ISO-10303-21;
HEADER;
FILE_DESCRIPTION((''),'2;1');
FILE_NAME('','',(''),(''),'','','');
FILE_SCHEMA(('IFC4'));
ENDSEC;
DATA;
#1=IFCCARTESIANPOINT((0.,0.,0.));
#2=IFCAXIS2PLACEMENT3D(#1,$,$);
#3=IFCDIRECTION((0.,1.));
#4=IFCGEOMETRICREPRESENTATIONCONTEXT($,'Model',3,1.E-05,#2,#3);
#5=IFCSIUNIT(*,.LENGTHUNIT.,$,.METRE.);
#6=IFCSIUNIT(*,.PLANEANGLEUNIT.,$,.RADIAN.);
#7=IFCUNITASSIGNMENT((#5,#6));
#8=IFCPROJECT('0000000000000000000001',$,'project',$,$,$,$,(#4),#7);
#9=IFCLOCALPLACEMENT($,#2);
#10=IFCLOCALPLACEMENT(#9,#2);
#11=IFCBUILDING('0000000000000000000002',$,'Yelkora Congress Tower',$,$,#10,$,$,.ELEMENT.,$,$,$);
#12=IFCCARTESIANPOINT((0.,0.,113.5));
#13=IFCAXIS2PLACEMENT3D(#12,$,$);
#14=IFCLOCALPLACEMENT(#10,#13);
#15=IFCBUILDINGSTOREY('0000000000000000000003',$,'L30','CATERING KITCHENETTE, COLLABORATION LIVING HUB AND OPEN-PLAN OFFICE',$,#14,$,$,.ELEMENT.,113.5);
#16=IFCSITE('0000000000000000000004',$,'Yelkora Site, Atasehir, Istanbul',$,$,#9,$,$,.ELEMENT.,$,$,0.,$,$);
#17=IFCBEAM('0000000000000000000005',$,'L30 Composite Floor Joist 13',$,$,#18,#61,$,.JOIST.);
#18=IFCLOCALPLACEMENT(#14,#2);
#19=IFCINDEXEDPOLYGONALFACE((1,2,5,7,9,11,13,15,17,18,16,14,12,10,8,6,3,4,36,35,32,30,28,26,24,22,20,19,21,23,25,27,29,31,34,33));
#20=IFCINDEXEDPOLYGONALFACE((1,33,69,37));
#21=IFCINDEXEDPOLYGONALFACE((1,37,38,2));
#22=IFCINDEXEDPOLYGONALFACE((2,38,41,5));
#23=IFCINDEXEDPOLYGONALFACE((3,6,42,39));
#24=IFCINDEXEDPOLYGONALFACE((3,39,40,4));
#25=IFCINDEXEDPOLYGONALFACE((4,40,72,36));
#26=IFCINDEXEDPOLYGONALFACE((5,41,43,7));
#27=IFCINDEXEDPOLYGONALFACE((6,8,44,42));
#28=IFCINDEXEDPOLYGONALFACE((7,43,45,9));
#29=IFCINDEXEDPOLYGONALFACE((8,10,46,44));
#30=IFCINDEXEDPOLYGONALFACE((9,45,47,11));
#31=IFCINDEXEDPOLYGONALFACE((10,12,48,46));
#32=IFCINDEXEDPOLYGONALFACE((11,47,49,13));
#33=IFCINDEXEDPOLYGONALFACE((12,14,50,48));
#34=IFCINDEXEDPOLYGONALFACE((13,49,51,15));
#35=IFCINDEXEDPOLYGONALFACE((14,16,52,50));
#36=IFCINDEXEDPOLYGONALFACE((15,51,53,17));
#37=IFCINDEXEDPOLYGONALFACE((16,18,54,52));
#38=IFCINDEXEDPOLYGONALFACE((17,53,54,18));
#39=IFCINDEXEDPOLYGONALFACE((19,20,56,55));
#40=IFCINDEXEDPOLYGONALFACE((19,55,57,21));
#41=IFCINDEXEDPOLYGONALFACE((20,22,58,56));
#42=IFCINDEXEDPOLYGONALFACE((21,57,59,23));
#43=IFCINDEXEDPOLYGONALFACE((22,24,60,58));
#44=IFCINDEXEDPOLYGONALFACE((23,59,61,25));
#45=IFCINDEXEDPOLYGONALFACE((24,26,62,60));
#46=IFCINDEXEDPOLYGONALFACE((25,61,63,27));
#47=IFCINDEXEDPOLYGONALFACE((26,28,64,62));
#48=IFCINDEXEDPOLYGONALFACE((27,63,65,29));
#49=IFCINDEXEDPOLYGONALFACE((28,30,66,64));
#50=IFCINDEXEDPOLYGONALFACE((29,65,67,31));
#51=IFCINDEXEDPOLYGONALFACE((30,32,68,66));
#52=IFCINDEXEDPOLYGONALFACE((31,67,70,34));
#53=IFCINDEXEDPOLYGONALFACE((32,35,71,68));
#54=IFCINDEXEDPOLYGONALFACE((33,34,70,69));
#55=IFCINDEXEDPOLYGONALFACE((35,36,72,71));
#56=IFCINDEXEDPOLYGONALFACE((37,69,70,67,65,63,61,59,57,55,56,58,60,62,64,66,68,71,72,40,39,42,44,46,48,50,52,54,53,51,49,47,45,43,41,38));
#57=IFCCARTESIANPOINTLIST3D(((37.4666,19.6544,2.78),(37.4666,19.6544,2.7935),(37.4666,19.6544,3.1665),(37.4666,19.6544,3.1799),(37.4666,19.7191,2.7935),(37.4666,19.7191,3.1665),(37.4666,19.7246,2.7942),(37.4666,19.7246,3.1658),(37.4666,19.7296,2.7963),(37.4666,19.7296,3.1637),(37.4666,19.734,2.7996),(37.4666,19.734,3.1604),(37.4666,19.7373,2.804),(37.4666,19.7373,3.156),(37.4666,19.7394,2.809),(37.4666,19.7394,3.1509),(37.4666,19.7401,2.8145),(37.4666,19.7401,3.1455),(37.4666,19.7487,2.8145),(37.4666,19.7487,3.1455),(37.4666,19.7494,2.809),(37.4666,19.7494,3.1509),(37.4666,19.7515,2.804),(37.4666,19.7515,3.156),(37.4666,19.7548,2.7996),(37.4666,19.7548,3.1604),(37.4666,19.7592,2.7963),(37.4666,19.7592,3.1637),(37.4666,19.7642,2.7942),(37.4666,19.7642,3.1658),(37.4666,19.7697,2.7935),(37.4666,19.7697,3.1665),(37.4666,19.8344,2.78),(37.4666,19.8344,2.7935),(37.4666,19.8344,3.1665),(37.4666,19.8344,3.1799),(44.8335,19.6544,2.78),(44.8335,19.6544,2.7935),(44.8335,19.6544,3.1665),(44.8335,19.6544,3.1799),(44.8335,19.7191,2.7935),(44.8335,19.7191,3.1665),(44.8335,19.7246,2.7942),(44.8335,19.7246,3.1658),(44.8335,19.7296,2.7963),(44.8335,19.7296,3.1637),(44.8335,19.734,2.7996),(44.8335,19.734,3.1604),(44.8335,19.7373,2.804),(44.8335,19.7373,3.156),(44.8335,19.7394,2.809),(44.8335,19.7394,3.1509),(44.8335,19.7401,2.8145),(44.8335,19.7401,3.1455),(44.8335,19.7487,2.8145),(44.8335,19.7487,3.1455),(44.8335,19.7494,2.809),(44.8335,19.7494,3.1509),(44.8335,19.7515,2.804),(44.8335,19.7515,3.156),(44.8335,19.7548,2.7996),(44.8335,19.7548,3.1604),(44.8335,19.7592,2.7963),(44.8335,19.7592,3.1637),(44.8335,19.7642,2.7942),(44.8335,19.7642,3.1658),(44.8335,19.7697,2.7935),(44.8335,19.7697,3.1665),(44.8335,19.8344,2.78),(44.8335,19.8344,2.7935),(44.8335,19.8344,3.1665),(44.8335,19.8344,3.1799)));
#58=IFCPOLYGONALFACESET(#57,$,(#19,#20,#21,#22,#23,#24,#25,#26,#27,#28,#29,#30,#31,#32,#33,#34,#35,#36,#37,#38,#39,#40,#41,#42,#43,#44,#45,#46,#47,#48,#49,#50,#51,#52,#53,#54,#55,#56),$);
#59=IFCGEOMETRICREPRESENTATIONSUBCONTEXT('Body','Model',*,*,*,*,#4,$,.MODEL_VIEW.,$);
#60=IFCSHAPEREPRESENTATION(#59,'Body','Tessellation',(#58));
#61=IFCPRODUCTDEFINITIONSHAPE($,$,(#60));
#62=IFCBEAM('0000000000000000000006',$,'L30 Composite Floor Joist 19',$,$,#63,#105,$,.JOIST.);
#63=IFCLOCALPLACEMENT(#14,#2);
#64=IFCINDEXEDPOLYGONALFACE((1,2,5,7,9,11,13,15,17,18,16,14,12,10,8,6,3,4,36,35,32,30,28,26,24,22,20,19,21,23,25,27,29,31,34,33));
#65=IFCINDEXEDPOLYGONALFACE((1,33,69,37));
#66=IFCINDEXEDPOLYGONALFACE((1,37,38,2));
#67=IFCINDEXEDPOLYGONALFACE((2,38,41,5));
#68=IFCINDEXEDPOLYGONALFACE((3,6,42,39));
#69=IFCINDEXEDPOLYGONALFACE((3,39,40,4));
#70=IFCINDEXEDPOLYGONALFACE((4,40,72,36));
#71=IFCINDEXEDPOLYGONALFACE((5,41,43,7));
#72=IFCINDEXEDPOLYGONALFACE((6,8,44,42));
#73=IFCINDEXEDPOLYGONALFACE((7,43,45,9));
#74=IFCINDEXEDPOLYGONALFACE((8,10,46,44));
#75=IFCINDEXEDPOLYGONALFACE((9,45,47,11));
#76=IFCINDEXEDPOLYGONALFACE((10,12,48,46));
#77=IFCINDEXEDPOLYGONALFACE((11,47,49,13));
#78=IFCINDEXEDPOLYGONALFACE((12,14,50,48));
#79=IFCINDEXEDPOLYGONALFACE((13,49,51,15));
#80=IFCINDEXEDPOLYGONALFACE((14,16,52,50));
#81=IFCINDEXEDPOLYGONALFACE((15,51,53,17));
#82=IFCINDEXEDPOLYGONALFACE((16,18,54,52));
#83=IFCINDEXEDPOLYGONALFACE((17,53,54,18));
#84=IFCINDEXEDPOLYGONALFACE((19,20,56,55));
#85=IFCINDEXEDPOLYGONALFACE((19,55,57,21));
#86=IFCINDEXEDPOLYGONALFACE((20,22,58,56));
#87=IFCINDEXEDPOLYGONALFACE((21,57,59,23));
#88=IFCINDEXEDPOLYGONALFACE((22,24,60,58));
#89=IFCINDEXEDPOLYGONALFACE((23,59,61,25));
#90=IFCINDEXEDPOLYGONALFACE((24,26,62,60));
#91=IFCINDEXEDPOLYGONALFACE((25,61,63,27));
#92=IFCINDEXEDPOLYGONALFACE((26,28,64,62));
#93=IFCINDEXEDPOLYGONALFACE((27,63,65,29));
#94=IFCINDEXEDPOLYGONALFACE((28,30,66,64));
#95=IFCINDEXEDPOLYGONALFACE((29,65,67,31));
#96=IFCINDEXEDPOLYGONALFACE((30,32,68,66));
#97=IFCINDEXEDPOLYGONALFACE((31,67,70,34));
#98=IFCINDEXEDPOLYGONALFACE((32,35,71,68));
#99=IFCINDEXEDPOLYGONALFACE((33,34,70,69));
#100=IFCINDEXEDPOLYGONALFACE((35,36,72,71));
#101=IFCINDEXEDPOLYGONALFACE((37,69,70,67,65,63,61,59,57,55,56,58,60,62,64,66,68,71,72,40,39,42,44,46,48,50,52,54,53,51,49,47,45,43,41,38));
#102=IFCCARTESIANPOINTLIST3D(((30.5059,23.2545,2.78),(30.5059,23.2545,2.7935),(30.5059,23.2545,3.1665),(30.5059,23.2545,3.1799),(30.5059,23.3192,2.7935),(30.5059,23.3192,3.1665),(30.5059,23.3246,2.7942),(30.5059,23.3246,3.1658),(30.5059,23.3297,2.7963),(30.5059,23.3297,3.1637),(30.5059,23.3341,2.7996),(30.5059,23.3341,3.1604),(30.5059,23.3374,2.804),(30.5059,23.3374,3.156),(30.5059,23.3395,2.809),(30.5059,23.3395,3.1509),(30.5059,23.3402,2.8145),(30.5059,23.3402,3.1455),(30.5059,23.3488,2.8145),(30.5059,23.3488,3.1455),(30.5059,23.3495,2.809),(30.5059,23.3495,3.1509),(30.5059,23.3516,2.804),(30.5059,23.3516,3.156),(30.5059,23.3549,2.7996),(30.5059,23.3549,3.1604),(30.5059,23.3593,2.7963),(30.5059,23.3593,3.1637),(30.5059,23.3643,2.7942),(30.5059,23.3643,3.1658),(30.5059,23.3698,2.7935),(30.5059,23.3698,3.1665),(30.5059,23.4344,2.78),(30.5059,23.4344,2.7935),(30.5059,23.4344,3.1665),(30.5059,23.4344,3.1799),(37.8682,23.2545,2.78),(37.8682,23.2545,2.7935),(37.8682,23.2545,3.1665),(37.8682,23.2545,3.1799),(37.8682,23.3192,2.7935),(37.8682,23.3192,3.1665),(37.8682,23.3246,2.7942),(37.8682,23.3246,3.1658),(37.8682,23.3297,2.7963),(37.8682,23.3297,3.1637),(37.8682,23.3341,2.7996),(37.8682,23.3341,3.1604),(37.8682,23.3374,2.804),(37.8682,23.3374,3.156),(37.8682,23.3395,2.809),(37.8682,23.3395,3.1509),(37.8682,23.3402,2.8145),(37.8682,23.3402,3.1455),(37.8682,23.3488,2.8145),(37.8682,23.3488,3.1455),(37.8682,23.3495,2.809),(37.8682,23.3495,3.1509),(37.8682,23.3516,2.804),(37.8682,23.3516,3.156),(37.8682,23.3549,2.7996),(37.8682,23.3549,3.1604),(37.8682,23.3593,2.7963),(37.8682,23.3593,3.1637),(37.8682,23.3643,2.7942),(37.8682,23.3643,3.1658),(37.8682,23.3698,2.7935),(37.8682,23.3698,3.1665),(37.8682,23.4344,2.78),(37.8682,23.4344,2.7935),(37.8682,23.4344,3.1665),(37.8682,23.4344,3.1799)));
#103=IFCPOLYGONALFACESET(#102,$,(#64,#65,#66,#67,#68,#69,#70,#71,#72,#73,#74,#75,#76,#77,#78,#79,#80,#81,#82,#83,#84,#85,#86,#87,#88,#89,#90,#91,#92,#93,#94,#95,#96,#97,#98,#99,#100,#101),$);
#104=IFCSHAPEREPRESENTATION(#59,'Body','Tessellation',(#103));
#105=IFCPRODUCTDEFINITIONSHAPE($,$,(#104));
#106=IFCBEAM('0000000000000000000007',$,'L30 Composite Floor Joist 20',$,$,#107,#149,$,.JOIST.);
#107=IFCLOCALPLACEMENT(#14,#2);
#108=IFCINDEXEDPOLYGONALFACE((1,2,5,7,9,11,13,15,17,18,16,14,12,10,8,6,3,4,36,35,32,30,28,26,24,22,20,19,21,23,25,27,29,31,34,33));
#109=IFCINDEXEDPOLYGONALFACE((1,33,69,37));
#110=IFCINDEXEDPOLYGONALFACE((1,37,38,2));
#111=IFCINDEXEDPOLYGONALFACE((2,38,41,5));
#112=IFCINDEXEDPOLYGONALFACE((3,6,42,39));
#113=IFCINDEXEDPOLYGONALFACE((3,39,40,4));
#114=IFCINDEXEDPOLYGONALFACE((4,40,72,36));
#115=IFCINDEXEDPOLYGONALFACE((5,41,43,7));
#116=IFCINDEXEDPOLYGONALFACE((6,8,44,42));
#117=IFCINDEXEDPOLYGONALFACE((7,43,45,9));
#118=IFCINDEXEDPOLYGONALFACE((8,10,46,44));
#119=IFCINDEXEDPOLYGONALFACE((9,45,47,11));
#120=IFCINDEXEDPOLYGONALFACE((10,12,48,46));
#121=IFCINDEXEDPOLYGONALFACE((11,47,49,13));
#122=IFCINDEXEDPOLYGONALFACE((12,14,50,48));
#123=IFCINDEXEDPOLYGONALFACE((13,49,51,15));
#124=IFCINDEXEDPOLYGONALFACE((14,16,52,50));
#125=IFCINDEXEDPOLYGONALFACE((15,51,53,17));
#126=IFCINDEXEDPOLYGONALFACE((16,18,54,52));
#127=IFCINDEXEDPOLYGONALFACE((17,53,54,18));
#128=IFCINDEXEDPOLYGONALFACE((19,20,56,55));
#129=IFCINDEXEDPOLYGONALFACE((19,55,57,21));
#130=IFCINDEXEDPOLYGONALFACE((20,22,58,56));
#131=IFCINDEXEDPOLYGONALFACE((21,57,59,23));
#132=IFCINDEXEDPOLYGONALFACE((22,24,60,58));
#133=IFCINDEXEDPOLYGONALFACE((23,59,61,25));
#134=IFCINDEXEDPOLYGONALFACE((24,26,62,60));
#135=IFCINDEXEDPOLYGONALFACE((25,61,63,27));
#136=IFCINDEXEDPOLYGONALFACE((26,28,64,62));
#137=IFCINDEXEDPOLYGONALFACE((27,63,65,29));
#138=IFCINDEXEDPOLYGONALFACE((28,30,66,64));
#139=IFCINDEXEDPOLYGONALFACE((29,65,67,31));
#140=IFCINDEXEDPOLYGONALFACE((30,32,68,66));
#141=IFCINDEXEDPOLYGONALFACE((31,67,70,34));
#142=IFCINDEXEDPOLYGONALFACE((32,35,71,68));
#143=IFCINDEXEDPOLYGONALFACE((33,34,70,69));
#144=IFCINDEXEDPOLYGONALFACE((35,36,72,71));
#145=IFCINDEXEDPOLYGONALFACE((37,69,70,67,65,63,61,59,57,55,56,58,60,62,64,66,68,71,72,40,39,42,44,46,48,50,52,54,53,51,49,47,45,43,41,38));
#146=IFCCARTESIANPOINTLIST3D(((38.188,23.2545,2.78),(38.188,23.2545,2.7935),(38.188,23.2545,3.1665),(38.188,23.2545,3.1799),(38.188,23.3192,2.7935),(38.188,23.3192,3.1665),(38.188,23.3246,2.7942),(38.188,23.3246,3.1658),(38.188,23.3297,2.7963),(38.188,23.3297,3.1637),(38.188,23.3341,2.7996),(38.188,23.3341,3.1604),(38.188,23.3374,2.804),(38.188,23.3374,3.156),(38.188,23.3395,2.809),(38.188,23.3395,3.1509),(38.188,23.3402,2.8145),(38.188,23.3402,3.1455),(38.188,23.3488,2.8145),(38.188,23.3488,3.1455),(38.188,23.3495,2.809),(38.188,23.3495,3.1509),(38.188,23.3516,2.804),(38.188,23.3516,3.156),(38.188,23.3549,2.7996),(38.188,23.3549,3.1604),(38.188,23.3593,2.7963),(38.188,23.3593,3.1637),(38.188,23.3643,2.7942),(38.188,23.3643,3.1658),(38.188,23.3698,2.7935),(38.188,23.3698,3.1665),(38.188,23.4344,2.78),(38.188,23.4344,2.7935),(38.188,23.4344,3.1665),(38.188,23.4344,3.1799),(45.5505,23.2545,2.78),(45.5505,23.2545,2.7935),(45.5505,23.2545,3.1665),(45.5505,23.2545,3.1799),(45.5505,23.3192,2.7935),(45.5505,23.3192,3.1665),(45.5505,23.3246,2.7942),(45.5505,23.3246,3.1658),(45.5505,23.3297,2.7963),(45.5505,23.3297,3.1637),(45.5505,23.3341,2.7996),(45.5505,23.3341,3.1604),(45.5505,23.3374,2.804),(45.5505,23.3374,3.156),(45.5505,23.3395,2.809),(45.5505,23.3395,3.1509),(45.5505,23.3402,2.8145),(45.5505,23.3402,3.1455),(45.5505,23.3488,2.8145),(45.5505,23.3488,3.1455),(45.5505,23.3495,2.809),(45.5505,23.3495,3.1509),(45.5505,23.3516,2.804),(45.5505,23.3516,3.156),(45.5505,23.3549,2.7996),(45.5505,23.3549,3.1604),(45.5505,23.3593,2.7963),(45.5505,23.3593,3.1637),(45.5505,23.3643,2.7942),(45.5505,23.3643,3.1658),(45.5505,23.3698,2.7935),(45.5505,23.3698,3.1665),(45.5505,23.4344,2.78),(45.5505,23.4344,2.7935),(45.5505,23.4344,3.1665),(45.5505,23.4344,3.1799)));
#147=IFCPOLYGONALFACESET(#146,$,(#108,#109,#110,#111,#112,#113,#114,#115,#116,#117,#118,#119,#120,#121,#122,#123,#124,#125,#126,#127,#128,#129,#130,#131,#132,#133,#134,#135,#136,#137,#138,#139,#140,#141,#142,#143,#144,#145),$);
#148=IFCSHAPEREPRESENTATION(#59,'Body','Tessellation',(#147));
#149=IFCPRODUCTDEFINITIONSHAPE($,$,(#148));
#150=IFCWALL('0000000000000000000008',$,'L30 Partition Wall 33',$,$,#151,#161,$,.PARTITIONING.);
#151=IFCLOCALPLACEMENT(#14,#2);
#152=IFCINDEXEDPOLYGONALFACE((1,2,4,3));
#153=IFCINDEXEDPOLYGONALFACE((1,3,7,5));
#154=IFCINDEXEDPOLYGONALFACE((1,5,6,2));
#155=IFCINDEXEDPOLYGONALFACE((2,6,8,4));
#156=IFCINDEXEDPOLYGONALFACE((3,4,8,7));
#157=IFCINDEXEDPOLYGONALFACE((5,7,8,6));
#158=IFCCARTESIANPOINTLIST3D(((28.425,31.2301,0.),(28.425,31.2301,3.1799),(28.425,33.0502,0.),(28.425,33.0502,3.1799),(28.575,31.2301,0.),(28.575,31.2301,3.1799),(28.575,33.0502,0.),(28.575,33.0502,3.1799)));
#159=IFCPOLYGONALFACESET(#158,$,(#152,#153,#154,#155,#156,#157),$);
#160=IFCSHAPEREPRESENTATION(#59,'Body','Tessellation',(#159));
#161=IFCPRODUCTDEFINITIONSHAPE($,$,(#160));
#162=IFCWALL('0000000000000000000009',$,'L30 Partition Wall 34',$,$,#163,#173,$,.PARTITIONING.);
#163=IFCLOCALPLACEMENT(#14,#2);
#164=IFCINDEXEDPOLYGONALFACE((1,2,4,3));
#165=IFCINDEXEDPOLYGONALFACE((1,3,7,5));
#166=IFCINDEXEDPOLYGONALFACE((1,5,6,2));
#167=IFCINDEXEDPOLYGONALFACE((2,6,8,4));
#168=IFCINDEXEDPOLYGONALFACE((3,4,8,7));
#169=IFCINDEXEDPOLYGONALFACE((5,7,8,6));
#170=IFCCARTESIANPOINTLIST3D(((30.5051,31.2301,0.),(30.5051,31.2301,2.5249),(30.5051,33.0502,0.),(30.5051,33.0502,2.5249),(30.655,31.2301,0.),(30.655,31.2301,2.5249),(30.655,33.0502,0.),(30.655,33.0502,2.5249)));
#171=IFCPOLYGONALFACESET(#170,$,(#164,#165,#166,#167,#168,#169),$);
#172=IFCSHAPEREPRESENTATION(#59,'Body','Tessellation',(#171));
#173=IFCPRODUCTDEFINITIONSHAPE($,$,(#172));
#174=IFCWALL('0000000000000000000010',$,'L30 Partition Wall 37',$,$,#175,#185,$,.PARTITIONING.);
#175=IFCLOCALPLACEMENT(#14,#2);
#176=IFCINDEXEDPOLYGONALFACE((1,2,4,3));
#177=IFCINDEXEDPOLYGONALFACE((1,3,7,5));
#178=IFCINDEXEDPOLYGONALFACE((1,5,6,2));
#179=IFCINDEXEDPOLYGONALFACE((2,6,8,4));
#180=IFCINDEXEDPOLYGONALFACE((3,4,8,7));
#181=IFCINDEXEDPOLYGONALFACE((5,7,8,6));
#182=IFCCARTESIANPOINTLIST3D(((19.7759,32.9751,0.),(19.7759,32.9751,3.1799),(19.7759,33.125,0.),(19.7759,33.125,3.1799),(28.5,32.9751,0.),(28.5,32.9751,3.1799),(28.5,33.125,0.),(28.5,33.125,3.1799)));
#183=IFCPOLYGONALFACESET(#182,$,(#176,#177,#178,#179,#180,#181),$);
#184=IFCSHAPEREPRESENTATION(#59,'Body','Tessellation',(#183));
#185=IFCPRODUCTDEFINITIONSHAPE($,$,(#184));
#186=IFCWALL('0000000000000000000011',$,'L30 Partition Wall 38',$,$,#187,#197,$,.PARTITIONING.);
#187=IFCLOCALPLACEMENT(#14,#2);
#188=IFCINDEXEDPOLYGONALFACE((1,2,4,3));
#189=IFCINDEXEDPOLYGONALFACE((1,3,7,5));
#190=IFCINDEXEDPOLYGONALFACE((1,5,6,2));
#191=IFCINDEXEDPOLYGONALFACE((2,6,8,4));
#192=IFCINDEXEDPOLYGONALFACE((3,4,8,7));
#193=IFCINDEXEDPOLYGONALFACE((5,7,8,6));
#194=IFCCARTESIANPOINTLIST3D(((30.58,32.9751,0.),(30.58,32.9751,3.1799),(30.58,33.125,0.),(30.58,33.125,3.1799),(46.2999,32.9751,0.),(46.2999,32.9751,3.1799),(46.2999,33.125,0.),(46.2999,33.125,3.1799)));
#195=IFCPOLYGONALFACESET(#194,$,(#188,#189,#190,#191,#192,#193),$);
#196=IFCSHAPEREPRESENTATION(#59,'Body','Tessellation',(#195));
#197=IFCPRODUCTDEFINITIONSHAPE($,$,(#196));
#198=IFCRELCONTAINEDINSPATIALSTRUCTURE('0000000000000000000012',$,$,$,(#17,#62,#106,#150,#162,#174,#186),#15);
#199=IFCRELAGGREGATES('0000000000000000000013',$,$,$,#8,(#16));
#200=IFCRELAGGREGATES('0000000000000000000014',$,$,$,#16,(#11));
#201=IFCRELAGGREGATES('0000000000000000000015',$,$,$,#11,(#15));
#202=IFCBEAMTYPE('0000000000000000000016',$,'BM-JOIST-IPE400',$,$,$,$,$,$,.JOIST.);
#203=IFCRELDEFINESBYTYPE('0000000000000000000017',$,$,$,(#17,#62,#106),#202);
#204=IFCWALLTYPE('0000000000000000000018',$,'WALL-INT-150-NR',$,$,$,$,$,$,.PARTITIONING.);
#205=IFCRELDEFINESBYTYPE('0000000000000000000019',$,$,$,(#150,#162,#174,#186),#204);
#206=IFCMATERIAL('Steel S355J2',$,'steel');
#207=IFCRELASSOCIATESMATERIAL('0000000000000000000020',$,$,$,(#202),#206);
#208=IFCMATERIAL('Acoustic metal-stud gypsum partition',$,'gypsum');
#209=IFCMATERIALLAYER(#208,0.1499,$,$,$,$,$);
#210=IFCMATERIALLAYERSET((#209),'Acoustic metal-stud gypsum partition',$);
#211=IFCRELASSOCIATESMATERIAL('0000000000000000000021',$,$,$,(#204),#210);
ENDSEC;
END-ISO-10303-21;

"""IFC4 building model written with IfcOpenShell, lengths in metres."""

from ifc_helpers import new_model, si_unit, direction, frame, frame_2d, origin, origin_2d, place, context, subcontext, project, spatial, rectangle, i_section, extrude, material, layer, layer_set, material_profile, profile_set, type_object, element, save


model = new_model("IFC4")

# Units and contexts
model_context = context("Model", 3, precision=1e-05, world=origin(), true_north=direction((0.0, 1.0)))
body_context = subcontext(model_context, "Body", "Model", "MODEL_VIEW")
ifc_project = project(units=[si_unit("LENGTHUNIT", "METRE"), si_unit("PLANEANGLEUNIT", "RADIAN")], contexts=[model_context])

# Site, building, storey
site_placement = place(None, origin())
site = spatial("IfcSite", under=ifc_project, at=site_placement, Name="Yelkora Site, Atasehir, Istanbul", CompositionType="ELEMENT", RefElevation=0.0)
building_placement = place(site_placement, origin())
building = spatial("IfcBuilding", under=site, at=building_placement, Name="Yelkora Congress Tower", CompositionType="ELEMENT")
storey_placement = place(building_placement, frame((0.0, 0.0, 113.5)))
storey = spatial("IfcBuildingStorey", under=building, at=storey_placement, Name="L30", Description="CATERING KITCHENETTE, COLLABORATION LIVING HUB AND OPEN-PLAN OFFICE", CompositionType="ELEMENT", Elevation=113.5)

# Beams
ifc_material_1 = material(Name="Steel S355J2", Category="steel")
ifc_material_profile_1 = material_profile(ifc_material_1, i_section(OverallWidth=0.1799, OverallDepth=0.3999, WebThickness=0.0085, FlangeThickness=0.0134, FilletRadius=0.021, at=origin_2d()), Name="IPE 400")
ifc_profile_set_1 = profile_set([ifc_material_profile_1], Name="Steel S355J2")
beam_type_1 = type_object("IfcBeamType", Name="BM-JOIST-IPE400", PredefinedType="JOIST", material=ifc_profile_set_1)
beam_1_placement = place(storey_placement, frame((37.4666, 19.7444, 2.98), z_axis=(1.0, 0.0, 0.0), x_axis=(0.0, 1.0, 0.0)))
element("IfcBeam", 1, at=beam_1_placement, inside=storey, type_object=beam_type_1, Name="L30 Composite Floor Joist 13", PredefinedType="JOIST", context=body_context, shape_type="SweptSolid", body=[
    extrude(i_section(OverallWidth=0.1799, OverallDepth=0.3999, WebThickness=0.0085, FlangeThickness=0.0134, FilletRadius=0.021, at=origin_2d()), origin(), (0.0, 0.0, 1.0), 7.3669),
])
beam_2_placement = place(storey_placement, frame((30.5059, 23.3445, 2.98), z_axis=(1.0, 0.0, 0.0), x_axis=(0.0, 1.0, 0.0)))
element("IfcBeam", 2, at=beam_2_placement, inside=storey, type_object=beam_type_1, Name="L30 Composite Floor Joist 19", PredefinedType="JOIST", context=body_context, shape_type="SweptSolid", body=[
    extrude(i_section(OverallWidth=0.1799, OverallDepth=0.3999, WebThickness=0.0085, FlangeThickness=0.0134, FilletRadius=0.021, at=origin_2d()), origin(), (0.0, 0.0, 1.0), 7.3623),
])
beam_3_placement = place(storey_placement, frame((38.188, 23.3445, 2.98), z_axis=(1.0, 0.0, 0.0), x_axis=(0.0, 1.0, 0.0)))
element("IfcBeam", 3, at=beam_3_placement, inside=storey, type_object=beam_type_1, Name="L30 Composite Floor Joist 20", PredefinedType="JOIST", context=body_context, shape_type="SweptSolid", body=[
    extrude(i_section(OverallWidth=0.1799, OverallDepth=0.3999, WebThickness=0.0085, FlangeThickness=0.0134, FilletRadius=0.021, at=origin_2d()), origin(), (0.0, 0.0, 1.0), 7.3625),
])

# Walls
ifc_material_2 = material(Name="Acoustic metal-stud gypsum partition", Category="gypsum")
ifc_layer = layer(ifc_material_2, 0.1499)
ifc_layer_set = layer_set([ifc_layer], Name="Acoustic metal-stud gypsum partition")
wall_type = type_object("IfcWallType", Name="WALL-INT-150-NR", PredefinedType="PARTITIONING", material=ifc_layer_set)
wall_1_placement = place(storey_placement, frame((28.5, 31.23, 0.0), z_axis=(0.0, 0.0, 1.0), x_axis=(0.0, 1.0, 0.0)))
element("IfcWall", 4, at=wall_1_placement, inside=storey, type_object=wall_type, Name="L30 Partition Wall 33", PredefinedType="PARTITIONING", context=body_context, shape_type="SweptSolid", body=[
    extrude(rectangle(XDim=1.8201, YDim=0.1499, at=frame_2d((0.9102, 0.0))), origin(), (0.0, 0.0, 1.0), 3.1799),
])
wall_2_placement = place(storey_placement, frame((30.5801, 31.23, 0.0), z_axis=(0.0, 0.0, 1.0), x_axis=(0.0, 1.0, 0.0)))
element("IfcWall", 5, at=wall_2_placement, inside=storey, type_object=wall_type, Name="L30 Partition Wall 34", PredefinedType="PARTITIONING", context=body_context, shape_type="SweptSolid", body=[
    extrude(rectangle(XDim=1.8201, YDim=0.1499, at=frame_2d((0.9102, 0.0))), origin(), (0.0, 0.0, 1.0), 2.5249),
])
wall_3_placement = place(storey_placement, frame((19.7759, 33.05, 0.0), z_axis=(0.0, 0.0, 1.0), x_axis=(1.0, 0.0, 0.0)))
element("IfcWall", 6, at=wall_3_placement, inside=storey, type_object=wall_type, Name="L30 Partition Wall 37", PredefinedType="PARTITIONING", context=body_context, shape_type="SweptSolid", body=[
    extrude(rectangle(XDim=8.7241, YDim=0.1499, at=frame_2d((4.3621, 0.0))), origin(), (0.0, 0.0, 1.0), 3.1799),
])
wall_4_placement = place(storey_placement, frame((30.5801, 33.05, 0.0), z_axis=(0.0, 0.0, 1.0), x_axis=(1.0, 0.0, 0.0)))
element("IfcWall", 7, at=wall_4_placement, inside=storey, type_object=wall_type, Name="L30 Partition Wall 38", PredefinedType="PARTITIONING", context=body_context, shape_type="SweptSolid", body=[
    extrude(rectangle(XDim=15.72, YDim=0.1499, at=frame_2d((7.8599, 0.0))), origin(), (0.0, 0.0, 1.0), 3.1799),
])

save(model, "model.ifc")
